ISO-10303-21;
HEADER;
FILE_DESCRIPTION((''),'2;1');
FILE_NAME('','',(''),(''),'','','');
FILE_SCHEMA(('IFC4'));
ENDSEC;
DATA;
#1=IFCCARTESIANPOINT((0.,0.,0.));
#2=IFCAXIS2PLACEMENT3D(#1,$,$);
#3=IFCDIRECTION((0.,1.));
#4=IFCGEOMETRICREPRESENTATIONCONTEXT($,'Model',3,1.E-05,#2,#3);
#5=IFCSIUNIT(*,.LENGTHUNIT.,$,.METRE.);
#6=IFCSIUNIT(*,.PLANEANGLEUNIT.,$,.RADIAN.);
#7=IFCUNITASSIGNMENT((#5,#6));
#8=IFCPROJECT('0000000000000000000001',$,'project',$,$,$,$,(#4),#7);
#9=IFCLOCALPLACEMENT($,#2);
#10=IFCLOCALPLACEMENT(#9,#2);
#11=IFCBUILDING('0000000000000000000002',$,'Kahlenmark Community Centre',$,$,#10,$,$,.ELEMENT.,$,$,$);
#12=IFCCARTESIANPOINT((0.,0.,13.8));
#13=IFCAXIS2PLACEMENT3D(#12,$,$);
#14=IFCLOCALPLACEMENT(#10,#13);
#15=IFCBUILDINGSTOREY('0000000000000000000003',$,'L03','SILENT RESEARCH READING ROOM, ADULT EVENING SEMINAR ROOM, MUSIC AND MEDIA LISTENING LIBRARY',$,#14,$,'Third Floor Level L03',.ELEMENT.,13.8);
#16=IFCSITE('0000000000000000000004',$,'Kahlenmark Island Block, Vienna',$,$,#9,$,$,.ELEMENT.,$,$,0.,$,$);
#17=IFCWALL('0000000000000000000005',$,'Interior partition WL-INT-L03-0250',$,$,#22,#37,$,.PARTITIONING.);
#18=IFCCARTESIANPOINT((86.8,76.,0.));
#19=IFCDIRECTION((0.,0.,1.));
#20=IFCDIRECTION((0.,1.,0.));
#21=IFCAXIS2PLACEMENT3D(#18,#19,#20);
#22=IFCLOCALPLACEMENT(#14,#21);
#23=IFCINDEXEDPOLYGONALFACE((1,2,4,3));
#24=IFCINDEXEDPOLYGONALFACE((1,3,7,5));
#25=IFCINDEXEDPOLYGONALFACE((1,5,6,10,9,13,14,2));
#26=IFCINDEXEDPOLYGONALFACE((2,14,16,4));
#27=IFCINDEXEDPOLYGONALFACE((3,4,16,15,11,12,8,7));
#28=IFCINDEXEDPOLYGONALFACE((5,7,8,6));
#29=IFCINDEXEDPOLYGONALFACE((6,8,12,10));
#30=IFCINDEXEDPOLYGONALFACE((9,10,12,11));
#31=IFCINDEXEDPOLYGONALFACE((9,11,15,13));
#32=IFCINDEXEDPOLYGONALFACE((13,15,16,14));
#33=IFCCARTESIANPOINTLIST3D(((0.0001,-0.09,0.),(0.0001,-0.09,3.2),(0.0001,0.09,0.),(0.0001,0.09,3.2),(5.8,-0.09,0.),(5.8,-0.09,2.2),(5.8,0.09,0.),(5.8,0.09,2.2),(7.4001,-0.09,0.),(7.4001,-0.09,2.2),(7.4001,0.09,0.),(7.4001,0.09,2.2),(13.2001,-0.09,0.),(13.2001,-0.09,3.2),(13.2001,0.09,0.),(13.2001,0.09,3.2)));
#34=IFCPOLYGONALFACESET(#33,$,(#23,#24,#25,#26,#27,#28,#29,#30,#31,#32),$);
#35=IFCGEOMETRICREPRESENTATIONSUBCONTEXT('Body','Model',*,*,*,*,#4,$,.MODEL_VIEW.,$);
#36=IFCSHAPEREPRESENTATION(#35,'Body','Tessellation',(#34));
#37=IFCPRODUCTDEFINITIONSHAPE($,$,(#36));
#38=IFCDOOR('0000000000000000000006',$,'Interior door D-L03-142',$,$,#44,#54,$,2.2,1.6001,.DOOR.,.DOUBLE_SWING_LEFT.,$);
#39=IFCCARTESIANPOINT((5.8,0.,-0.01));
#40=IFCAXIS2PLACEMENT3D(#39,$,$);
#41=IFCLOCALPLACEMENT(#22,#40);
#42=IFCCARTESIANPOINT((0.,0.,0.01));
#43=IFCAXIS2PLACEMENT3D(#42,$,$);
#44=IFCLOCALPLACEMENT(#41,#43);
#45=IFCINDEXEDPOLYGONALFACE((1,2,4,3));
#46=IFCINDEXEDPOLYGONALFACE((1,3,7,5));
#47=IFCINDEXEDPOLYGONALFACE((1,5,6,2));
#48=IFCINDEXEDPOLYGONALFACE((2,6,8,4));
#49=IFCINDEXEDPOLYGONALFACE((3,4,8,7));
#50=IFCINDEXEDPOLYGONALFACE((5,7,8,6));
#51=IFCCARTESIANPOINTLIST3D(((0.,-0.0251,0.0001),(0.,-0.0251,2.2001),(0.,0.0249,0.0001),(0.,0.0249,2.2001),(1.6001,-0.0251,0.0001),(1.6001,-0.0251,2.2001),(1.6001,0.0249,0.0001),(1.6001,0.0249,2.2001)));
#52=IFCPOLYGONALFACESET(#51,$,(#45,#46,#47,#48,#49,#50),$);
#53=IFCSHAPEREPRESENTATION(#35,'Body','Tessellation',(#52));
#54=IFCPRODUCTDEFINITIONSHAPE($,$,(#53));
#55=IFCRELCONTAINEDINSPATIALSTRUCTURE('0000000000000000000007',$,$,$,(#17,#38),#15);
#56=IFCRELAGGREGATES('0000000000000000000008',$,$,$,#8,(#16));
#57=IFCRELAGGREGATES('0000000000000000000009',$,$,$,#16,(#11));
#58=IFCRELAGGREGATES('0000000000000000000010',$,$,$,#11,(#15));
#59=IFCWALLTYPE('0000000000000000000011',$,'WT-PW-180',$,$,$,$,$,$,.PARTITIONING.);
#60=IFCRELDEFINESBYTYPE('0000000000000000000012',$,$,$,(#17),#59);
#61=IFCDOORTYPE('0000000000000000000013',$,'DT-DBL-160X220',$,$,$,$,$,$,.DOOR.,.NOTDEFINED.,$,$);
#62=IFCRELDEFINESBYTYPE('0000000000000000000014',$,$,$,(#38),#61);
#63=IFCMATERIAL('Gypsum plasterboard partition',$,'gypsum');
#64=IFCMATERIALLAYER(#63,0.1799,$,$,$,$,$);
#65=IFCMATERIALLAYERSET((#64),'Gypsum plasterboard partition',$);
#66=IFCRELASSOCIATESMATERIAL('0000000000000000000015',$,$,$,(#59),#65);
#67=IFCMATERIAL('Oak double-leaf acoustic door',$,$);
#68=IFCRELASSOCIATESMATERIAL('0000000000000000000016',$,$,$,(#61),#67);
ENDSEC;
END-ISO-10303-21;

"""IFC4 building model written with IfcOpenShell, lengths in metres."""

from ifc_helpers import new_model, si_unit, direction, frame, frame_2d, origin, place, context, subcontext, project, spatial, rectangle, extrude, material, layer, layer_set, type_object, element, fill, save


model = new_model("IFC4")

# Units and contexts
model_context = context("Model", 3, precision=1e-05, world=origin(), true_north=direction((0.0, 1.0)))
body_context = subcontext(model_context, "Body", "Model", "MODEL_VIEW")
ifc_project = project(units=[si_unit("LENGTHUNIT", "METRE"), si_unit("PLANEANGLEUNIT", "RADIAN")], contexts=[model_context])

# Site, building, storey
site_placement = place(None, origin())
site = spatial("IfcSite", under=ifc_project, at=site_placement, Name="Kahlenmark Island Block, Vienna", CompositionType="ELEMENT", RefElevation=0.0)
building_placement = place(site_placement, origin())
building = spatial("IfcBuilding", under=site, at=building_placement, Name="Kahlenmark Community Centre", CompositionType="ELEMENT")
storey_placement = place(building_placement, frame((0.0, 0.0, 13.8)))
storey = spatial("IfcBuildingStorey", under=building, at=storey_placement, Name="L03", Description="SILENT RESEARCH READING ROOM, ADULT EVENING SEMINAR ROOM, MUSIC AND MEDIA LISTENING LIBRARY", LongName="Third Floor Level L03", CompositionType="ELEMENT", Elevation=13.8)

# Wall, opening, door
ifc_material_1 = material(Name="Gypsum plasterboard partition", Category="gypsum")
ifc_layer_1 = layer(ifc_material_1, 0.1799)
ifc_layer_set_1 = layer_set([ifc_layer_1], Name="Gypsum plasterboard partition")
wall_type_1 = type_object("IfcWallType", Name="WT-PW-180", PredefinedType="PARTITIONING", material=ifc_layer_set_1)
wall_1_placement = place(storey_placement, frame((86.8, 76.0, 0.0), z_axis=(0.0, 0.0, 1.0), x_axis=(0.0, 1.0, 0.0)))
wall_1 = element("IfcWall", 1, at=wall_1_placement, inside=storey, type_object=wall_type_1, Name="Interior partition WL-INT-L03-0250", PredefinedType="PARTITIONING", context=body_context, shape_type="SweptSolid", body=[
    extrude(rectangle(XDim=13.2, YDim=0.1799, at=frame_2d((6.6001, 0.0))), origin(), (0.0, 0.0, 1.0), 3.2),
])
opening_1_placement = place(wall_1_placement, frame((5.8, 0.0, -0.01)))
opening_1 = element("IfcOpeningElement", 2, at=opening_1_placement, cuts=wall_1, PredefinedType="OPENING", context=body_context, shape_type="SweptSolid", body=[
    extrude(rectangle(XDim=1.6001, YDim=2.21, at=frame_2d((0.8, 1.105))), frame((0.0, 0.0999, 0.0), z_axis=(0.0, -1.0, 0.0), x_axis=(1.0, 0.0, 0.0)), (0.0, 0.0, 1.0), 0.2),
])
ifc_material_2 = material(Name="Oak double-leaf acoustic door")
door_type_1 = type_object("IfcDoorType", Name="DT-DBL-160X220", OperationType="NOTDEFINED", PredefinedType="DOOR", material=ifc_material_2)
door_1_placement = place(opening_1_placement, frame((0.0, 0.0, 0.01)))
door_1 = element("IfcDoor", 3, at=door_1_placement, inside=storey, type_object=door_type_1, Name="Interior door D-L03-142", OperationType="DOUBLE_SWING_LEFT", OverallHeight=2.2, OverallWidth=1.6001, PredefinedType="DOOR", context=body_context, shape_type="SweptSolid", body=[
    extrude(rectangle(XDim=1.6001, YDim=2.2, at=frame_2d((0.8, 1.1001))), frame((0.0, 0.0249, 0.0), z_axis=(0.0, -1.0, 0.0), x_axis=(1.0, 0.0, 0.0)), (0.0, 0.0, 1.0), 0.05),
])
fill(opening_1, door_1)

save(model, "model.ifc")
